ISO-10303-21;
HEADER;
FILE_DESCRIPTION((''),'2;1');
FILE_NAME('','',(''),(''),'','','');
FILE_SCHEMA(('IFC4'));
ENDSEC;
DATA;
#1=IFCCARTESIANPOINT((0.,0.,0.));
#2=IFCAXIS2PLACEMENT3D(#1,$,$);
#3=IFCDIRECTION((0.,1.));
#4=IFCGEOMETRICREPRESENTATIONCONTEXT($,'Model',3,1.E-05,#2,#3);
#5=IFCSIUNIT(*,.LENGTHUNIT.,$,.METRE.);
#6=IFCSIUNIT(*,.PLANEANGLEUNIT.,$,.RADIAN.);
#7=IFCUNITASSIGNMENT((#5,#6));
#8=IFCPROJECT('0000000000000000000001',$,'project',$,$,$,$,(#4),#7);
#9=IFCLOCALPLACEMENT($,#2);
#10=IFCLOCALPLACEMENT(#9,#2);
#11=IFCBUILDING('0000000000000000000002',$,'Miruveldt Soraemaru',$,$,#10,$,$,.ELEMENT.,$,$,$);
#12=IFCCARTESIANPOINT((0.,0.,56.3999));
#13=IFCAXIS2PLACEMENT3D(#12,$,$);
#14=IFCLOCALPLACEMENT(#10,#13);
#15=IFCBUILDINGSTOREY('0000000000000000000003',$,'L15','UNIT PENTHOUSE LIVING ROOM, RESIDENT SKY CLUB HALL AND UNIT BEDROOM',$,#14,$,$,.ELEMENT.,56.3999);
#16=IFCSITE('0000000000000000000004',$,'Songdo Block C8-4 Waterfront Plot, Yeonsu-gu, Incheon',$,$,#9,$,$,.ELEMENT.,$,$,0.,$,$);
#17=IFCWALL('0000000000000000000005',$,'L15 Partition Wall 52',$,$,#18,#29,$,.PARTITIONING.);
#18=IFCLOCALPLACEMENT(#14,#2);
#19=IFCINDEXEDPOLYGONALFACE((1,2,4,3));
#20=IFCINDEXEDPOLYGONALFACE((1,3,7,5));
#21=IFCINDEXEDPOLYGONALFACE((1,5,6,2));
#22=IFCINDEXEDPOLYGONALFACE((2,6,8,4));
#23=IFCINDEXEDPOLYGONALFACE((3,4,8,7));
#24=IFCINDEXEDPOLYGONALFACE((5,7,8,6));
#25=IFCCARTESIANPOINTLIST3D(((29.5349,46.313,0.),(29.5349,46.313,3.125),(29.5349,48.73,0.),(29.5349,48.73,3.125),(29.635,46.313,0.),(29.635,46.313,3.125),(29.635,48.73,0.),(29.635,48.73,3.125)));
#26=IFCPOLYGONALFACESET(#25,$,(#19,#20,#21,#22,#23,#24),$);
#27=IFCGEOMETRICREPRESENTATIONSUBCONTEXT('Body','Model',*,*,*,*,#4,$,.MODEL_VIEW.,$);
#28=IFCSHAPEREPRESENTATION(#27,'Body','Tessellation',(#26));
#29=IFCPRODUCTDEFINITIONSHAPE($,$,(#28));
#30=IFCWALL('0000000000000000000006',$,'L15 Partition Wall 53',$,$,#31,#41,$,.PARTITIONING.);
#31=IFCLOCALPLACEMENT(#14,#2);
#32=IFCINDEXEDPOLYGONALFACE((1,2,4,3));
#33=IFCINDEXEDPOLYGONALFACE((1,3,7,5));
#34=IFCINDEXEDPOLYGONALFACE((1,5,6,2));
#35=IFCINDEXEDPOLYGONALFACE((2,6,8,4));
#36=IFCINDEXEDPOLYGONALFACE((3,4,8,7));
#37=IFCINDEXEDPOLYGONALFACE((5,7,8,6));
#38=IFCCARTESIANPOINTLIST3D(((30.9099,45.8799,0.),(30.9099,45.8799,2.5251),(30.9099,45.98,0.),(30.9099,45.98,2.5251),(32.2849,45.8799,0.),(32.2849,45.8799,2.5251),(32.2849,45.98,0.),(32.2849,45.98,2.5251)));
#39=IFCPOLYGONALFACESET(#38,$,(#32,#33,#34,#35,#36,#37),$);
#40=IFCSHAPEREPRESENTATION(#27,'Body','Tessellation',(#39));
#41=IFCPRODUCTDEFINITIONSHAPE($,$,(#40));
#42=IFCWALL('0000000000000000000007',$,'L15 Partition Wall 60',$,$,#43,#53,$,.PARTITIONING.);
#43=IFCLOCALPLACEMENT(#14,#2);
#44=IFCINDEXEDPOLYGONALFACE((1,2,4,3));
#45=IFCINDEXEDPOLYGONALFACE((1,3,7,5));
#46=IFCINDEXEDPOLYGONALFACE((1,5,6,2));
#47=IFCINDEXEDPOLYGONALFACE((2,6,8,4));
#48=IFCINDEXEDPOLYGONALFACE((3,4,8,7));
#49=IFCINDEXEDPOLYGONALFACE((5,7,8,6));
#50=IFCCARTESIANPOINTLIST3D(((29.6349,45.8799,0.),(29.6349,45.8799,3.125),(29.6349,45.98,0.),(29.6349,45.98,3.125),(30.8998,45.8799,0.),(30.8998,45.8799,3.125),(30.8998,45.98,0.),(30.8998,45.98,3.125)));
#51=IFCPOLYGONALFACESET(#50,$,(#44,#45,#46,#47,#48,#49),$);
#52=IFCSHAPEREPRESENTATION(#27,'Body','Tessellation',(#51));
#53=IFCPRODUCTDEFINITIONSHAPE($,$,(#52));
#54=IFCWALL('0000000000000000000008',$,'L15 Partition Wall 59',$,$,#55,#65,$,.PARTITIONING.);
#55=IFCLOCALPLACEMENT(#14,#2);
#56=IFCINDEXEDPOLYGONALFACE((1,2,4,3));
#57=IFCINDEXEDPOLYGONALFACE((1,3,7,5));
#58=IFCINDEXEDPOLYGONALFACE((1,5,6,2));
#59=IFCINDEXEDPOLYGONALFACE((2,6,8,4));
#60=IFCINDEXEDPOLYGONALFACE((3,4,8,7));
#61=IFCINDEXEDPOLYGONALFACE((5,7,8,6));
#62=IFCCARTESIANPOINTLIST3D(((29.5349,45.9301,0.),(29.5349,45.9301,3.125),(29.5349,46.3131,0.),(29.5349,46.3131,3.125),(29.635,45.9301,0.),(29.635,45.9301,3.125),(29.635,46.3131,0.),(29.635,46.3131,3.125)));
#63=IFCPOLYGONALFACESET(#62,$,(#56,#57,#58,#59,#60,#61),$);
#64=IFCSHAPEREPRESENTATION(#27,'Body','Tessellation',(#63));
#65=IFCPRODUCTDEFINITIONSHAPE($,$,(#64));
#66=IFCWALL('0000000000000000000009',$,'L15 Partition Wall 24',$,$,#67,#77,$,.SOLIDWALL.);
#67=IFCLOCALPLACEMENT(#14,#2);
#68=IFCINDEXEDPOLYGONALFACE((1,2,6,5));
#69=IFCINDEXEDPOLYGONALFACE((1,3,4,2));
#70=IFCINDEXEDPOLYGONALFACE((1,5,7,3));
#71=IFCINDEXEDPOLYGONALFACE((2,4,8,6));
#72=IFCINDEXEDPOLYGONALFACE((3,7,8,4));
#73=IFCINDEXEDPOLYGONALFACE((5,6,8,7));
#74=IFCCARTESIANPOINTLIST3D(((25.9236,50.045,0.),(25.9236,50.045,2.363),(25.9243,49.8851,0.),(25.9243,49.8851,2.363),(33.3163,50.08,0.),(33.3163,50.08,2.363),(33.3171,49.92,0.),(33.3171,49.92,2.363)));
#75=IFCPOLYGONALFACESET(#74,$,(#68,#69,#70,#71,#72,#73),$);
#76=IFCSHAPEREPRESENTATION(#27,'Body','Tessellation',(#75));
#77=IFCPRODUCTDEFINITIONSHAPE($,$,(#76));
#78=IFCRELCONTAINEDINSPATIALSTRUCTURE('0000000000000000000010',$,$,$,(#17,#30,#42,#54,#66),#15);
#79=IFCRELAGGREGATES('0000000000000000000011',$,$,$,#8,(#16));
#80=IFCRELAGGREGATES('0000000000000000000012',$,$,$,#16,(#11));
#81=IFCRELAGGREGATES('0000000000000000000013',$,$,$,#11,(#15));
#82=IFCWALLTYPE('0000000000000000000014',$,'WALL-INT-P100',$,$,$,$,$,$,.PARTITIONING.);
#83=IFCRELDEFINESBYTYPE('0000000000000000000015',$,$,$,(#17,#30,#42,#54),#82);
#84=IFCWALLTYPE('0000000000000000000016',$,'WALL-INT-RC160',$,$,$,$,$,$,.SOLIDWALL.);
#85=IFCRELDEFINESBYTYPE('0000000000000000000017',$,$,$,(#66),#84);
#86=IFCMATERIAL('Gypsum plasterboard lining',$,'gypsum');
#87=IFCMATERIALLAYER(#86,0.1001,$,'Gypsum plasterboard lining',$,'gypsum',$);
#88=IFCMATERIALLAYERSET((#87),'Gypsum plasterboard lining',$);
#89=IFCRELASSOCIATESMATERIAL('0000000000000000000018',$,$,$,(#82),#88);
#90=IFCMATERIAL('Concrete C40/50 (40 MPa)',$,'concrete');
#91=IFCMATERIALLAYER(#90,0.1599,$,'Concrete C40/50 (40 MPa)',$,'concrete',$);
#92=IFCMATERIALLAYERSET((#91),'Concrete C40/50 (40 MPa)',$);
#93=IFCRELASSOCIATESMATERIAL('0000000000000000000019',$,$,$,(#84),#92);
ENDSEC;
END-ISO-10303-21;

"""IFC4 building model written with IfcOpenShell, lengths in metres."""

from ifc_helpers import new_model, si_unit, direction, frame, frame_2d, origin, place, context, subcontext, project, spatial, rectangle, extrude, material, layer, layer_set, type_object, element, save


model = new_model("IFC4")

# Units and contexts
model_context = context("Model", 3, precision=1e-05, world=origin(), true_north=direction((0.0, 1.0)))
body_context = subcontext(model_context, "Body", "Model", "MODEL_VIEW")
ifc_project = project(units=[si_unit("LENGTHUNIT", "METRE"), si_unit("PLANEANGLEUNIT", "RADIAN")], contexts=[model_context])

# Site, building, storey
site_placement = place(None, origin())
site = spatial("IfcSite", under=ifc_project, at=site_placement, Name="Songdo Block C8-4 Waterfront Plot, Yeonsu-gu, Incheon", CompositionType="ELEMENT", RefElevation=0.0)
building_placement = place(site_placement, origin())
building = spatial("IfcBuilding", under=site, at=building_placement, Name="Miruveldt Soraemaru", CompositionType="ELEMENT")
storey_placement = place(building_placement, frame((0.0, 0.0, 56.3999)))
storey = spatial("IfcBuildingStorey", under=building, at=storey_placement, Name="L15", Description="UNIT PENTHOUSE LIVING ROOM, RESIDENT SKY CLUB HALL AND UNIT BEDROOM", CompositionType="ELEMENT", Elevation=56.3999)

# Shared definitions
ifc_material_1 = material(Name="Concrete C40/50 (40 MPa)", Category="concrete")

# Shared definitions
ifc_material_2 = material(Name="Gypsum plasterboard lining", Category="gypsum")
ifc_layer_1 = layer(ifc_material_2, 0.1001, Name="Gypsum plasterboard lining", Category="gypsum")
ifc_layer_set_1 = layer_set([ifc_layer_1], Name="Gypsum plasterboard lining")
wall_type_1 = type_object("IfcWallType", Name="WALL-INT-P100", PredefinedType="PARTITIONING", material=ifc_layer_set_1)

# Walls
wall_1_placement = place(storey_placement, frame((29.585, 48.73, 0.0), z_axis=(0.0, 0.0, 1.0), x_axis=(0.0, -1.0, 0.0)))
element("IfcWall", 1, at=wall_1_placement, inside=storey, type_object=wall_type_1, Name="L15 Partition Wall 52", PredefinedType="PARTITIONING", context=body_context, shape_type="SweptSolid", body=[
    extrude(rectangle(XDim=2.417, YDim=0.1001, at=frame_2d((1.2085, 0.0))), origin(), (0.0, 0.0, 1.0), 3.125),
])
wall_2_placement = place(storey_placement, frame((30.9099, 45.9299, 0.0), z_axis=(0.0, 0.0, 1.0), x_axis=(1.0, 0.0, 0.0)))
element("IfcWall", 2, at=wall_2_placement, inside=storey, type_object=wall_type_1, Name="L15 Partition Wall 53", PredefinedType="PARTITIONING", context=body_context, shape_type="SweptSolid", body=[
    extrude(rectangle(XDim=1.375, YDim=0.1001, at=frame_2d((0.6875, 0.0))), origin(), (0.0, 0.0, 1.0), 2.5251),
])
wall_3_placement = place(storey_placement, frame((29.635, 45.9299, 0.0), z_axis=(0.0, 0.0, 1.0), x_axis=(1.0, 0.0, 0.0)))
element("IfcWall", 3, at=wall_3_placement, inside=storey, type_object=wall_type_1, Name="L15 Partition Wall 60", PredefinedType="PARTITIONING", context=body_context, shape_type="SweptSolid", body=[
    extrude(rectangle(XDim=1.2649, YDim=0.1001, at=frame_2d((0.6323, 0.0))), origin(), (0.0, 0.0, 1.0), 3.125),
])
wall_4_placement = place(storey_placement, frame((29.585, 46.313, 0.0), z_axis=(0.0, 0.0, 1.0), x_axis=(0.0, -1.0, 0.0)))
element("IfcWall", 4, at=wall_4_placement, inside=storey, type_object=wall_type_1, Name="L15 Partition Wall 59", PredefinedType="PARTITIONING", context=body_context, shape_type="SweptSolid", body=[
    extrude(rectangle(XDim=0.3831, YDim=0.1001, at=frame_2d((0.1914, 0.0))), origin(), (0.0, 0.0, 1.0), 3.125),
])
ifc_layer_2 = layer(ifc_material_1, 0.1599, Name="Concrete C40/50 (40 MPa)", Category="concrete")
ifc_layer_set_2 = layer_set([ifc_layer_2], Name="Concrete C40/50 (40 MPa)")
wall_type_2 = type_object("IfcWallType", Name="WALL-INT-RC160", PredefinedType="SOLIDWALL", material=ifc_layer_set_2)
wall_5_placement = place(storey_placement, frame((25.9241, 49.9651, 0.0), z_axis=(0.0, 0.0, 1.0), x_axis=(0.999989, 0.004722, 0.0)))
element("IfcWall", 5, at=wall_5_placement, inside=storey, type_object=wall_type_2, Name="L15 Partition Wall 24", PredefinedType="SOLIDWALL", context=body_context, shape_type="SweptSolid", body=[
    extrude(rectangle(XDim=7.3928, YDim=0.1599, at=frame_2d((3.6963, 0.0))), origin(), (0.0, 0.0, 1.0), 2.363),
])

save(model, "model.ifc")
